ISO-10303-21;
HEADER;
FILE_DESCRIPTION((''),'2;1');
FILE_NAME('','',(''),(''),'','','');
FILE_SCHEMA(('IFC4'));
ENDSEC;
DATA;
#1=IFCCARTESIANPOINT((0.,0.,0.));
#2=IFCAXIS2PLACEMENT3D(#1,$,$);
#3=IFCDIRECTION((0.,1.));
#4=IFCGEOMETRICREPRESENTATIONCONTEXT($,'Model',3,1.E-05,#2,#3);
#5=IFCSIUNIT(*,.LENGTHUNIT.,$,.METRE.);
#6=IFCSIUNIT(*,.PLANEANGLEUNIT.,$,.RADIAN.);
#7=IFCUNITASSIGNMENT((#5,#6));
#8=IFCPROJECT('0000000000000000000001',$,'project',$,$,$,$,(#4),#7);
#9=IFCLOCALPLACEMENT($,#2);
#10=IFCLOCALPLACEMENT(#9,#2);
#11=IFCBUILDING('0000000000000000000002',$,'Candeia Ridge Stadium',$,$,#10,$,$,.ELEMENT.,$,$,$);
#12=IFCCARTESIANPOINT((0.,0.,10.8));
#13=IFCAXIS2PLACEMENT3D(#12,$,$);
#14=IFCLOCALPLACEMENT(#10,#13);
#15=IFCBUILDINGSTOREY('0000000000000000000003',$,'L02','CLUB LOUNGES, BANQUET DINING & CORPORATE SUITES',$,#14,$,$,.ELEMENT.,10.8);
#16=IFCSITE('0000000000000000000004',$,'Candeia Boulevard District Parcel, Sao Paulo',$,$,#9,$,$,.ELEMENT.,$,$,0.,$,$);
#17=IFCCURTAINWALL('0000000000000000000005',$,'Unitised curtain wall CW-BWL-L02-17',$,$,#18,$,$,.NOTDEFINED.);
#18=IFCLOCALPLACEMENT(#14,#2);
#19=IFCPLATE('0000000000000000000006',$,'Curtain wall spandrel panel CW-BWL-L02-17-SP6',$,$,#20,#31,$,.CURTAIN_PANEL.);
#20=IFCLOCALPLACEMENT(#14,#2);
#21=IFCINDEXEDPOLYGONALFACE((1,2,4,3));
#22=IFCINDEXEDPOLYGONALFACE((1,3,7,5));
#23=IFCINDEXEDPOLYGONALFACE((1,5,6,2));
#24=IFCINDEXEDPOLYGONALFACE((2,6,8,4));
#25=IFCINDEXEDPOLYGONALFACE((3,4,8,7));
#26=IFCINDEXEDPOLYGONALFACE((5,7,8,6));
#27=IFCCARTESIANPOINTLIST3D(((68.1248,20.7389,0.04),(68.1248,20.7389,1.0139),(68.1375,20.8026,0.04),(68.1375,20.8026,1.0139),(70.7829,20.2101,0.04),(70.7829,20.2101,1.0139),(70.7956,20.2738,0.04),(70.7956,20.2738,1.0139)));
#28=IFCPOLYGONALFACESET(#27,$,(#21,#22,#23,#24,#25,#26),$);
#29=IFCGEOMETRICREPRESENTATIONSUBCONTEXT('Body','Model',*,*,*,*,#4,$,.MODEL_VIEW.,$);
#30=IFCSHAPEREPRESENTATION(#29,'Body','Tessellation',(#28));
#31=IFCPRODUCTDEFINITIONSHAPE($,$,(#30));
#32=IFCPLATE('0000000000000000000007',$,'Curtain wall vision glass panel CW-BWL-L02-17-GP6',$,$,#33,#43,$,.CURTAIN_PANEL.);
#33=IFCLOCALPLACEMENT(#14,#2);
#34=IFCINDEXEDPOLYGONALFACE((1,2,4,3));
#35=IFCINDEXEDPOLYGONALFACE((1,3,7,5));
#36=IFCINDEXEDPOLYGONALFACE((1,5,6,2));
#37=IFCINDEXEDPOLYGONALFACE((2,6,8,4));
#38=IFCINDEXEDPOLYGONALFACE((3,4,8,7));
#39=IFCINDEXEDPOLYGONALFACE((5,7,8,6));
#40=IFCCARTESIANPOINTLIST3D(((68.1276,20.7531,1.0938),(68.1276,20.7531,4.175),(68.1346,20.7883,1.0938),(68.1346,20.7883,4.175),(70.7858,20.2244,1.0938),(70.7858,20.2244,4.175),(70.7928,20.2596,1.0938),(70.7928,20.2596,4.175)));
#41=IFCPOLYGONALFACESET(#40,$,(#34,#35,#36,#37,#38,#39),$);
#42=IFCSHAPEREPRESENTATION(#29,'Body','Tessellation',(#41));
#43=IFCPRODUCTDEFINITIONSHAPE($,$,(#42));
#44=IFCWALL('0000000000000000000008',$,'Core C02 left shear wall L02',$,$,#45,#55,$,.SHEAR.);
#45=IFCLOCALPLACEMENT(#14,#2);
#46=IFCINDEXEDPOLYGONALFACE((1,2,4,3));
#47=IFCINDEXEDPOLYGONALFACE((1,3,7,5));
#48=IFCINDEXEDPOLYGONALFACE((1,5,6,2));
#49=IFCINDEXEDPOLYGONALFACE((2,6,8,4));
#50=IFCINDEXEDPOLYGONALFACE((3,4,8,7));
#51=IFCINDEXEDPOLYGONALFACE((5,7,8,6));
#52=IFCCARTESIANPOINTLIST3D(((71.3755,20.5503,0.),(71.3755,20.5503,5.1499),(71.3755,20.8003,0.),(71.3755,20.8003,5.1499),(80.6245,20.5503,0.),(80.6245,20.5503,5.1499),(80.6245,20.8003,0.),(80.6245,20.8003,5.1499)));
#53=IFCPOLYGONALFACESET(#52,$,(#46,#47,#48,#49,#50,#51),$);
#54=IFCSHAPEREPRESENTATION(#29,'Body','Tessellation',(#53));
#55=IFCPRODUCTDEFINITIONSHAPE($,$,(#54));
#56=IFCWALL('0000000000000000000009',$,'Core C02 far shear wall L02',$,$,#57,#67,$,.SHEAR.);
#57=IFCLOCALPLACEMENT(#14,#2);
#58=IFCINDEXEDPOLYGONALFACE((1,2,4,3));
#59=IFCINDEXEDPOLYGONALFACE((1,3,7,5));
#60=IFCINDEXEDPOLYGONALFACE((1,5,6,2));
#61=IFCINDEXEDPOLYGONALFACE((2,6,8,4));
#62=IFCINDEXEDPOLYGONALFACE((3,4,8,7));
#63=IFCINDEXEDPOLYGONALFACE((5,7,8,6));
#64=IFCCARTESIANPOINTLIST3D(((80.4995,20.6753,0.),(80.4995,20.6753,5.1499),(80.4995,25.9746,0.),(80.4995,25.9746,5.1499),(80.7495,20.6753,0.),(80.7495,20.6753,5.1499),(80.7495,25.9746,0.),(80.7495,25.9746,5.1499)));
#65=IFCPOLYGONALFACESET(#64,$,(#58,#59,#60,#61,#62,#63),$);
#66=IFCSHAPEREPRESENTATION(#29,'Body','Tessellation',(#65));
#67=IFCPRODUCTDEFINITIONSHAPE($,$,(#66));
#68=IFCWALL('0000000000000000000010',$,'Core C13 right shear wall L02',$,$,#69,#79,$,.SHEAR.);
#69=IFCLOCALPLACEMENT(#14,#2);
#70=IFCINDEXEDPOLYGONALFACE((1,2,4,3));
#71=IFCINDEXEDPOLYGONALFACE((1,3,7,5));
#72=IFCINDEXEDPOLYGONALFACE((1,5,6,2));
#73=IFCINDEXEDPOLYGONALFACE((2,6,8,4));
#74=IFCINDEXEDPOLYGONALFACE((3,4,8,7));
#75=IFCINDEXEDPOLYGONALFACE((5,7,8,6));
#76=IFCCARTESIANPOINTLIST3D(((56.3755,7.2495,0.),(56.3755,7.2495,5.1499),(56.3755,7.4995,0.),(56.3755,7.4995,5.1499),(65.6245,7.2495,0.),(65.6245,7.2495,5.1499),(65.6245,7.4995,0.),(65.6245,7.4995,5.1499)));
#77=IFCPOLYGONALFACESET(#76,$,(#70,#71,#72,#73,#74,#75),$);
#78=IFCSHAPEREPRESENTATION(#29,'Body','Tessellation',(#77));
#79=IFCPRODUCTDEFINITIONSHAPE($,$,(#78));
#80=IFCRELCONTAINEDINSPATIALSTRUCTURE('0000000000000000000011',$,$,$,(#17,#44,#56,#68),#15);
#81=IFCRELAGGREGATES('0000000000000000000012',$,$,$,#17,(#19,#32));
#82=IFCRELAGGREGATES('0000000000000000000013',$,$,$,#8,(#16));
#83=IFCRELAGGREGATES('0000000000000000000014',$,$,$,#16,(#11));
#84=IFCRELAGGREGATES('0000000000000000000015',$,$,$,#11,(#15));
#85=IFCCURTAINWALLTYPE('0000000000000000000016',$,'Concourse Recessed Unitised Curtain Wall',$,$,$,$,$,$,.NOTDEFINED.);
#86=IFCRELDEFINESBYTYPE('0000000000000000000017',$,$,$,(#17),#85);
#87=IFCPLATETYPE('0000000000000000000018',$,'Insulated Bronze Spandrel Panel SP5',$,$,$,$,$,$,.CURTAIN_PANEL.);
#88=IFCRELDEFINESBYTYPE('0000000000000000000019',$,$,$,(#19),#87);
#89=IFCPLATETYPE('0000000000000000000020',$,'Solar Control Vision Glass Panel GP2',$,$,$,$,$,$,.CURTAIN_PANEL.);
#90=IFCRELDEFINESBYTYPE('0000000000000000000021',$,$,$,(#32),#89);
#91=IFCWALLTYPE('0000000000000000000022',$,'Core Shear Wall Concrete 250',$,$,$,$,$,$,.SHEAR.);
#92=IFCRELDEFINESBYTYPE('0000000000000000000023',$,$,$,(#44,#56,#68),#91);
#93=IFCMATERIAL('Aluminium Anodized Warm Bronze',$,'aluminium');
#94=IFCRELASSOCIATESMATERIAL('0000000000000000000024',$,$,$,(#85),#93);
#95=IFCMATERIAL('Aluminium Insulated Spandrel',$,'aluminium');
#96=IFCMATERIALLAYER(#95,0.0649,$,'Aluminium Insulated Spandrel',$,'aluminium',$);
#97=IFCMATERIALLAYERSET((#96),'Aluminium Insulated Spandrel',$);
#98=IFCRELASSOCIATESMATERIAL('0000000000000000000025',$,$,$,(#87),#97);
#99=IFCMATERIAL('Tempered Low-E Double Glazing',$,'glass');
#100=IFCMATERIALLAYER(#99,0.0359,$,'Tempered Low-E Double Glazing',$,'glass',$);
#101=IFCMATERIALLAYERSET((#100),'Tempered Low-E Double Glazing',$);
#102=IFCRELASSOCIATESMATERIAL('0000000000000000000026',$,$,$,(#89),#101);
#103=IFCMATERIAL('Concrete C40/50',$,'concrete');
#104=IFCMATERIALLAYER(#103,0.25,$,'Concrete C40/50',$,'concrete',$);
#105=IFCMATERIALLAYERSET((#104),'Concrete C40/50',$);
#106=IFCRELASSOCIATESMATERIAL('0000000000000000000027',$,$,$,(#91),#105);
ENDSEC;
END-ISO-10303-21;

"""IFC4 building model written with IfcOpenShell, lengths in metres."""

from ifc_helpers import new_model, si_unit, direction, frame, frame_2d, origin, origin_2d, place, context, subcontext, project, spatial, rectangle, extrude, material, layer, layer_set, type_object, element, aggregate, save


model = new_model("IFC4")

# Units and contexts
model_context = context("Model", 3, precision=1e-05, world=origin(), true_north=direction((0.0, 1.0)))
body_context = subcontext(model_context, "Body", "Model", "MODEL_VIEW")
ifc_project = project(units=[si_unit("LENGTHUNIT", "METRE"), si_unit("PLANEANGLEUNIT", "RADIAN")], contexts=[model_context])

# Site, building, storey
site_placement = place(None, origin())
site = spatial("IfcSite", under=ifc_project, at=site_placement, Name="Candeia Boulevard District Parcel, Sao Paulo", CompositionType="ELEMENT", RefElevation=0.0)
building_placement = place(site_placement, origin())
building = spatial("IfcBuilding", under=site, at=building_placement, Name="Candeia Ridge Stadium", CompositionType="ELEMENT")
storey_placement = place(building_placement, frame((0.0, 0.0, 10.8)))
storey = spatial("IfcBuildingStorey", under=building, at=storey_placement, Name="L02", Description="CLUB LOUNGES, BANQUET DINING & CORPORATE SUITES", CompositionType="ELEMENT", Elevation=10.8)

# Shared definitions
ifc_material_1 = material(Name="Concrete C40/50", Category="concrete")

# Curtain wall
ifc_material_2 = material(Name="Aluminium Anodized Warm Bronze", Category="aluminium")
curtain_wall_type = type_object("IfcCurtainWallType", Name="Concourse Recessed Unitised Curtain Wall", PredefinedType="NOTDEFINED", material=ifc_material_2)
curtain_wall_placement = place(storey_placement, origin())
curtain_wall = element("IfcCurtainWall", 1, at=curtain_wall_placement, inside=storey, type_object=curtain_wall_type, Name="Unitised curtain wall CW-BWL-L02-17", PredefinedType="NOTDEFINED")

# Plates
ifc_material_3 = material(Name="Aluminium Insulated Spandrel", Category="aluminium")
ifc_layer_1 = layer(ifc_material_3, 0.0649, Name="Aluminium Insulated Spandrel", Category="aluminium")
ifc_layer_set_1 = layer_set([ifc_layer_1], Name="Aluminium Insulated Spandrel")
plate_type_1 = type_object("IfcPlateType", Name="Insulated Bronze Spandrel Panel SP5", PredefinedType="CURTAIN_PANEL", material=ifc_layer_set_1)
plate_1_placement = place(storey_placement, frame((69.4602, 20.5063, 0.04), z_axis=(0.0, 0.0, 1.0), x_axis=(0.980785, -0.19509, 0.0)))
plate_1 = element("IfcPlate", 2, at=plate_1_placement, type_object=plate_type_1, Name="Curtain wall spandrel panel CW-BWL-L02-17-SP6", PredefinedType="CURTAIN_PANEL", context=body_context, shape_type="SweptSolid", body=[
    extrude(rectangle(XDim=2.7102, YDim=0.0649, at=origin_2d()), origin(), (0.0, 0.0, 1.0), 0.9739),
])
ifc_material_4 = material(Name="Tempered Low-E Double Glazing", Category="glass")
ifc_layer_2 = layer(ifc_material_4, 0.0359, Name="Tempered Low-E Double Glazing", Category="glass")
ifc_layer_set_2 = layer_set([ifc_layer_2], Name="Tempered Low-E Double Glazing")
plate_type_2 = type_object("IfcPlateType", Name="Solar Control Vision Glass Panel GP2", PredefinedType="CURTAIN_PANEL", material=ifc_layer_set_2)
plate_2_placement = place(storey_placement, frame((69.4602, 20.5063, 1.0938), z_axis=(0.0, 0.0, 1.0), x_axis=(0.980785, -0.19509, 0.0)))
plate_2 = element("IfcPlate", 3, at=plate_2_placement, type_object=plate_type_2, Name="Curtain wall vision glass panel CW-BWL-L02-17-GP6", PredefinedType="CURTAIN_PANEL", context=body_context, shape_type="SweptSolid", body=[
    extrude(rectangle(XDim=2.7102, YDim=0.0359, at=origin_2d()), origin(), (0.0, 0.0, 1.0), 3.0813),
])
aggregate(curtain_wall, [plate_1, plate_2])

# Walls
ifc_layer_3 = layer(ifc_material_1, 0.25, Name="Concrete C40/50", Category="concrete")
ifc_layer_set_3 = layer_set([ifc_layer_3], Name="Concrete C40/50")
wall_type = type_object("IfcWallType", Name="Core Shear Wall Concrete 250", PredefinedType="SHEAR", material=ifc_layer_set_3)
wall_1_placement = place(storey_placement, frame((71.3755, 20.6753, 0.0), z_axis=(0.0, 0.0, 1.0), x_axis=(1.0, 0.0, 0.0)))
element("IfcWall", 4, at=wall_1_placement, inside=storey, type_object=wall_type, Name="Core C02 left shear wall L02", PredefinedType="SHEAR", context=body_context, shape_type="SweptSolid", body=[
    extrude(rectangle(XDim=9.249, YDim=0.25, at=frame_2d((4.6245, 0.0))), origin(), (0.0, 0.0, 1.0), 5.1499),
])
wall_2_placement = place(storey_placement, frame((80.6245, 20.6753, 0.0), z_axis=(0.0, 0.0, 1.0), x_axis=(0.0, 1.0, 0.0)))
element("IfcWall", 5, at=wall_2_placement, inside=storey, type_object=wall_type, Name="Core C02 far shear wall L02", PredefinedType="SHEAR", context=body_context, shape_type="SweptSolid", body=[
    extrude(rectangle(XDim=5.2993, YDim=0.25, at=frame_2d((2.6497, 0.0))), origin(), (0.0, 0.0, 1.0), 5.1499),
])
wall_3_placement = place(storey_placement, frame((65.6245, 7.3745, 0.0), z_axis=(0.0, 0.0, 1.0), x_axis=(-1.0, 0.0, 0.0)))
element("IfcWall", 6, at=wall_3_placement, inside=storey, type_object=wall_type, Name="Core C13 right shear wall L02", PredefinedType="SHEAR", context=body_context, shape_type="SweptSolid", body=[
    extrude(rectangle(XDim=9.249, YDim=0.25, at=frame_2d((4.6245, 0.0))), origin(), (0.0, 0.0, 1.0), 5.1499),
])

save(model, "model.ifc")
